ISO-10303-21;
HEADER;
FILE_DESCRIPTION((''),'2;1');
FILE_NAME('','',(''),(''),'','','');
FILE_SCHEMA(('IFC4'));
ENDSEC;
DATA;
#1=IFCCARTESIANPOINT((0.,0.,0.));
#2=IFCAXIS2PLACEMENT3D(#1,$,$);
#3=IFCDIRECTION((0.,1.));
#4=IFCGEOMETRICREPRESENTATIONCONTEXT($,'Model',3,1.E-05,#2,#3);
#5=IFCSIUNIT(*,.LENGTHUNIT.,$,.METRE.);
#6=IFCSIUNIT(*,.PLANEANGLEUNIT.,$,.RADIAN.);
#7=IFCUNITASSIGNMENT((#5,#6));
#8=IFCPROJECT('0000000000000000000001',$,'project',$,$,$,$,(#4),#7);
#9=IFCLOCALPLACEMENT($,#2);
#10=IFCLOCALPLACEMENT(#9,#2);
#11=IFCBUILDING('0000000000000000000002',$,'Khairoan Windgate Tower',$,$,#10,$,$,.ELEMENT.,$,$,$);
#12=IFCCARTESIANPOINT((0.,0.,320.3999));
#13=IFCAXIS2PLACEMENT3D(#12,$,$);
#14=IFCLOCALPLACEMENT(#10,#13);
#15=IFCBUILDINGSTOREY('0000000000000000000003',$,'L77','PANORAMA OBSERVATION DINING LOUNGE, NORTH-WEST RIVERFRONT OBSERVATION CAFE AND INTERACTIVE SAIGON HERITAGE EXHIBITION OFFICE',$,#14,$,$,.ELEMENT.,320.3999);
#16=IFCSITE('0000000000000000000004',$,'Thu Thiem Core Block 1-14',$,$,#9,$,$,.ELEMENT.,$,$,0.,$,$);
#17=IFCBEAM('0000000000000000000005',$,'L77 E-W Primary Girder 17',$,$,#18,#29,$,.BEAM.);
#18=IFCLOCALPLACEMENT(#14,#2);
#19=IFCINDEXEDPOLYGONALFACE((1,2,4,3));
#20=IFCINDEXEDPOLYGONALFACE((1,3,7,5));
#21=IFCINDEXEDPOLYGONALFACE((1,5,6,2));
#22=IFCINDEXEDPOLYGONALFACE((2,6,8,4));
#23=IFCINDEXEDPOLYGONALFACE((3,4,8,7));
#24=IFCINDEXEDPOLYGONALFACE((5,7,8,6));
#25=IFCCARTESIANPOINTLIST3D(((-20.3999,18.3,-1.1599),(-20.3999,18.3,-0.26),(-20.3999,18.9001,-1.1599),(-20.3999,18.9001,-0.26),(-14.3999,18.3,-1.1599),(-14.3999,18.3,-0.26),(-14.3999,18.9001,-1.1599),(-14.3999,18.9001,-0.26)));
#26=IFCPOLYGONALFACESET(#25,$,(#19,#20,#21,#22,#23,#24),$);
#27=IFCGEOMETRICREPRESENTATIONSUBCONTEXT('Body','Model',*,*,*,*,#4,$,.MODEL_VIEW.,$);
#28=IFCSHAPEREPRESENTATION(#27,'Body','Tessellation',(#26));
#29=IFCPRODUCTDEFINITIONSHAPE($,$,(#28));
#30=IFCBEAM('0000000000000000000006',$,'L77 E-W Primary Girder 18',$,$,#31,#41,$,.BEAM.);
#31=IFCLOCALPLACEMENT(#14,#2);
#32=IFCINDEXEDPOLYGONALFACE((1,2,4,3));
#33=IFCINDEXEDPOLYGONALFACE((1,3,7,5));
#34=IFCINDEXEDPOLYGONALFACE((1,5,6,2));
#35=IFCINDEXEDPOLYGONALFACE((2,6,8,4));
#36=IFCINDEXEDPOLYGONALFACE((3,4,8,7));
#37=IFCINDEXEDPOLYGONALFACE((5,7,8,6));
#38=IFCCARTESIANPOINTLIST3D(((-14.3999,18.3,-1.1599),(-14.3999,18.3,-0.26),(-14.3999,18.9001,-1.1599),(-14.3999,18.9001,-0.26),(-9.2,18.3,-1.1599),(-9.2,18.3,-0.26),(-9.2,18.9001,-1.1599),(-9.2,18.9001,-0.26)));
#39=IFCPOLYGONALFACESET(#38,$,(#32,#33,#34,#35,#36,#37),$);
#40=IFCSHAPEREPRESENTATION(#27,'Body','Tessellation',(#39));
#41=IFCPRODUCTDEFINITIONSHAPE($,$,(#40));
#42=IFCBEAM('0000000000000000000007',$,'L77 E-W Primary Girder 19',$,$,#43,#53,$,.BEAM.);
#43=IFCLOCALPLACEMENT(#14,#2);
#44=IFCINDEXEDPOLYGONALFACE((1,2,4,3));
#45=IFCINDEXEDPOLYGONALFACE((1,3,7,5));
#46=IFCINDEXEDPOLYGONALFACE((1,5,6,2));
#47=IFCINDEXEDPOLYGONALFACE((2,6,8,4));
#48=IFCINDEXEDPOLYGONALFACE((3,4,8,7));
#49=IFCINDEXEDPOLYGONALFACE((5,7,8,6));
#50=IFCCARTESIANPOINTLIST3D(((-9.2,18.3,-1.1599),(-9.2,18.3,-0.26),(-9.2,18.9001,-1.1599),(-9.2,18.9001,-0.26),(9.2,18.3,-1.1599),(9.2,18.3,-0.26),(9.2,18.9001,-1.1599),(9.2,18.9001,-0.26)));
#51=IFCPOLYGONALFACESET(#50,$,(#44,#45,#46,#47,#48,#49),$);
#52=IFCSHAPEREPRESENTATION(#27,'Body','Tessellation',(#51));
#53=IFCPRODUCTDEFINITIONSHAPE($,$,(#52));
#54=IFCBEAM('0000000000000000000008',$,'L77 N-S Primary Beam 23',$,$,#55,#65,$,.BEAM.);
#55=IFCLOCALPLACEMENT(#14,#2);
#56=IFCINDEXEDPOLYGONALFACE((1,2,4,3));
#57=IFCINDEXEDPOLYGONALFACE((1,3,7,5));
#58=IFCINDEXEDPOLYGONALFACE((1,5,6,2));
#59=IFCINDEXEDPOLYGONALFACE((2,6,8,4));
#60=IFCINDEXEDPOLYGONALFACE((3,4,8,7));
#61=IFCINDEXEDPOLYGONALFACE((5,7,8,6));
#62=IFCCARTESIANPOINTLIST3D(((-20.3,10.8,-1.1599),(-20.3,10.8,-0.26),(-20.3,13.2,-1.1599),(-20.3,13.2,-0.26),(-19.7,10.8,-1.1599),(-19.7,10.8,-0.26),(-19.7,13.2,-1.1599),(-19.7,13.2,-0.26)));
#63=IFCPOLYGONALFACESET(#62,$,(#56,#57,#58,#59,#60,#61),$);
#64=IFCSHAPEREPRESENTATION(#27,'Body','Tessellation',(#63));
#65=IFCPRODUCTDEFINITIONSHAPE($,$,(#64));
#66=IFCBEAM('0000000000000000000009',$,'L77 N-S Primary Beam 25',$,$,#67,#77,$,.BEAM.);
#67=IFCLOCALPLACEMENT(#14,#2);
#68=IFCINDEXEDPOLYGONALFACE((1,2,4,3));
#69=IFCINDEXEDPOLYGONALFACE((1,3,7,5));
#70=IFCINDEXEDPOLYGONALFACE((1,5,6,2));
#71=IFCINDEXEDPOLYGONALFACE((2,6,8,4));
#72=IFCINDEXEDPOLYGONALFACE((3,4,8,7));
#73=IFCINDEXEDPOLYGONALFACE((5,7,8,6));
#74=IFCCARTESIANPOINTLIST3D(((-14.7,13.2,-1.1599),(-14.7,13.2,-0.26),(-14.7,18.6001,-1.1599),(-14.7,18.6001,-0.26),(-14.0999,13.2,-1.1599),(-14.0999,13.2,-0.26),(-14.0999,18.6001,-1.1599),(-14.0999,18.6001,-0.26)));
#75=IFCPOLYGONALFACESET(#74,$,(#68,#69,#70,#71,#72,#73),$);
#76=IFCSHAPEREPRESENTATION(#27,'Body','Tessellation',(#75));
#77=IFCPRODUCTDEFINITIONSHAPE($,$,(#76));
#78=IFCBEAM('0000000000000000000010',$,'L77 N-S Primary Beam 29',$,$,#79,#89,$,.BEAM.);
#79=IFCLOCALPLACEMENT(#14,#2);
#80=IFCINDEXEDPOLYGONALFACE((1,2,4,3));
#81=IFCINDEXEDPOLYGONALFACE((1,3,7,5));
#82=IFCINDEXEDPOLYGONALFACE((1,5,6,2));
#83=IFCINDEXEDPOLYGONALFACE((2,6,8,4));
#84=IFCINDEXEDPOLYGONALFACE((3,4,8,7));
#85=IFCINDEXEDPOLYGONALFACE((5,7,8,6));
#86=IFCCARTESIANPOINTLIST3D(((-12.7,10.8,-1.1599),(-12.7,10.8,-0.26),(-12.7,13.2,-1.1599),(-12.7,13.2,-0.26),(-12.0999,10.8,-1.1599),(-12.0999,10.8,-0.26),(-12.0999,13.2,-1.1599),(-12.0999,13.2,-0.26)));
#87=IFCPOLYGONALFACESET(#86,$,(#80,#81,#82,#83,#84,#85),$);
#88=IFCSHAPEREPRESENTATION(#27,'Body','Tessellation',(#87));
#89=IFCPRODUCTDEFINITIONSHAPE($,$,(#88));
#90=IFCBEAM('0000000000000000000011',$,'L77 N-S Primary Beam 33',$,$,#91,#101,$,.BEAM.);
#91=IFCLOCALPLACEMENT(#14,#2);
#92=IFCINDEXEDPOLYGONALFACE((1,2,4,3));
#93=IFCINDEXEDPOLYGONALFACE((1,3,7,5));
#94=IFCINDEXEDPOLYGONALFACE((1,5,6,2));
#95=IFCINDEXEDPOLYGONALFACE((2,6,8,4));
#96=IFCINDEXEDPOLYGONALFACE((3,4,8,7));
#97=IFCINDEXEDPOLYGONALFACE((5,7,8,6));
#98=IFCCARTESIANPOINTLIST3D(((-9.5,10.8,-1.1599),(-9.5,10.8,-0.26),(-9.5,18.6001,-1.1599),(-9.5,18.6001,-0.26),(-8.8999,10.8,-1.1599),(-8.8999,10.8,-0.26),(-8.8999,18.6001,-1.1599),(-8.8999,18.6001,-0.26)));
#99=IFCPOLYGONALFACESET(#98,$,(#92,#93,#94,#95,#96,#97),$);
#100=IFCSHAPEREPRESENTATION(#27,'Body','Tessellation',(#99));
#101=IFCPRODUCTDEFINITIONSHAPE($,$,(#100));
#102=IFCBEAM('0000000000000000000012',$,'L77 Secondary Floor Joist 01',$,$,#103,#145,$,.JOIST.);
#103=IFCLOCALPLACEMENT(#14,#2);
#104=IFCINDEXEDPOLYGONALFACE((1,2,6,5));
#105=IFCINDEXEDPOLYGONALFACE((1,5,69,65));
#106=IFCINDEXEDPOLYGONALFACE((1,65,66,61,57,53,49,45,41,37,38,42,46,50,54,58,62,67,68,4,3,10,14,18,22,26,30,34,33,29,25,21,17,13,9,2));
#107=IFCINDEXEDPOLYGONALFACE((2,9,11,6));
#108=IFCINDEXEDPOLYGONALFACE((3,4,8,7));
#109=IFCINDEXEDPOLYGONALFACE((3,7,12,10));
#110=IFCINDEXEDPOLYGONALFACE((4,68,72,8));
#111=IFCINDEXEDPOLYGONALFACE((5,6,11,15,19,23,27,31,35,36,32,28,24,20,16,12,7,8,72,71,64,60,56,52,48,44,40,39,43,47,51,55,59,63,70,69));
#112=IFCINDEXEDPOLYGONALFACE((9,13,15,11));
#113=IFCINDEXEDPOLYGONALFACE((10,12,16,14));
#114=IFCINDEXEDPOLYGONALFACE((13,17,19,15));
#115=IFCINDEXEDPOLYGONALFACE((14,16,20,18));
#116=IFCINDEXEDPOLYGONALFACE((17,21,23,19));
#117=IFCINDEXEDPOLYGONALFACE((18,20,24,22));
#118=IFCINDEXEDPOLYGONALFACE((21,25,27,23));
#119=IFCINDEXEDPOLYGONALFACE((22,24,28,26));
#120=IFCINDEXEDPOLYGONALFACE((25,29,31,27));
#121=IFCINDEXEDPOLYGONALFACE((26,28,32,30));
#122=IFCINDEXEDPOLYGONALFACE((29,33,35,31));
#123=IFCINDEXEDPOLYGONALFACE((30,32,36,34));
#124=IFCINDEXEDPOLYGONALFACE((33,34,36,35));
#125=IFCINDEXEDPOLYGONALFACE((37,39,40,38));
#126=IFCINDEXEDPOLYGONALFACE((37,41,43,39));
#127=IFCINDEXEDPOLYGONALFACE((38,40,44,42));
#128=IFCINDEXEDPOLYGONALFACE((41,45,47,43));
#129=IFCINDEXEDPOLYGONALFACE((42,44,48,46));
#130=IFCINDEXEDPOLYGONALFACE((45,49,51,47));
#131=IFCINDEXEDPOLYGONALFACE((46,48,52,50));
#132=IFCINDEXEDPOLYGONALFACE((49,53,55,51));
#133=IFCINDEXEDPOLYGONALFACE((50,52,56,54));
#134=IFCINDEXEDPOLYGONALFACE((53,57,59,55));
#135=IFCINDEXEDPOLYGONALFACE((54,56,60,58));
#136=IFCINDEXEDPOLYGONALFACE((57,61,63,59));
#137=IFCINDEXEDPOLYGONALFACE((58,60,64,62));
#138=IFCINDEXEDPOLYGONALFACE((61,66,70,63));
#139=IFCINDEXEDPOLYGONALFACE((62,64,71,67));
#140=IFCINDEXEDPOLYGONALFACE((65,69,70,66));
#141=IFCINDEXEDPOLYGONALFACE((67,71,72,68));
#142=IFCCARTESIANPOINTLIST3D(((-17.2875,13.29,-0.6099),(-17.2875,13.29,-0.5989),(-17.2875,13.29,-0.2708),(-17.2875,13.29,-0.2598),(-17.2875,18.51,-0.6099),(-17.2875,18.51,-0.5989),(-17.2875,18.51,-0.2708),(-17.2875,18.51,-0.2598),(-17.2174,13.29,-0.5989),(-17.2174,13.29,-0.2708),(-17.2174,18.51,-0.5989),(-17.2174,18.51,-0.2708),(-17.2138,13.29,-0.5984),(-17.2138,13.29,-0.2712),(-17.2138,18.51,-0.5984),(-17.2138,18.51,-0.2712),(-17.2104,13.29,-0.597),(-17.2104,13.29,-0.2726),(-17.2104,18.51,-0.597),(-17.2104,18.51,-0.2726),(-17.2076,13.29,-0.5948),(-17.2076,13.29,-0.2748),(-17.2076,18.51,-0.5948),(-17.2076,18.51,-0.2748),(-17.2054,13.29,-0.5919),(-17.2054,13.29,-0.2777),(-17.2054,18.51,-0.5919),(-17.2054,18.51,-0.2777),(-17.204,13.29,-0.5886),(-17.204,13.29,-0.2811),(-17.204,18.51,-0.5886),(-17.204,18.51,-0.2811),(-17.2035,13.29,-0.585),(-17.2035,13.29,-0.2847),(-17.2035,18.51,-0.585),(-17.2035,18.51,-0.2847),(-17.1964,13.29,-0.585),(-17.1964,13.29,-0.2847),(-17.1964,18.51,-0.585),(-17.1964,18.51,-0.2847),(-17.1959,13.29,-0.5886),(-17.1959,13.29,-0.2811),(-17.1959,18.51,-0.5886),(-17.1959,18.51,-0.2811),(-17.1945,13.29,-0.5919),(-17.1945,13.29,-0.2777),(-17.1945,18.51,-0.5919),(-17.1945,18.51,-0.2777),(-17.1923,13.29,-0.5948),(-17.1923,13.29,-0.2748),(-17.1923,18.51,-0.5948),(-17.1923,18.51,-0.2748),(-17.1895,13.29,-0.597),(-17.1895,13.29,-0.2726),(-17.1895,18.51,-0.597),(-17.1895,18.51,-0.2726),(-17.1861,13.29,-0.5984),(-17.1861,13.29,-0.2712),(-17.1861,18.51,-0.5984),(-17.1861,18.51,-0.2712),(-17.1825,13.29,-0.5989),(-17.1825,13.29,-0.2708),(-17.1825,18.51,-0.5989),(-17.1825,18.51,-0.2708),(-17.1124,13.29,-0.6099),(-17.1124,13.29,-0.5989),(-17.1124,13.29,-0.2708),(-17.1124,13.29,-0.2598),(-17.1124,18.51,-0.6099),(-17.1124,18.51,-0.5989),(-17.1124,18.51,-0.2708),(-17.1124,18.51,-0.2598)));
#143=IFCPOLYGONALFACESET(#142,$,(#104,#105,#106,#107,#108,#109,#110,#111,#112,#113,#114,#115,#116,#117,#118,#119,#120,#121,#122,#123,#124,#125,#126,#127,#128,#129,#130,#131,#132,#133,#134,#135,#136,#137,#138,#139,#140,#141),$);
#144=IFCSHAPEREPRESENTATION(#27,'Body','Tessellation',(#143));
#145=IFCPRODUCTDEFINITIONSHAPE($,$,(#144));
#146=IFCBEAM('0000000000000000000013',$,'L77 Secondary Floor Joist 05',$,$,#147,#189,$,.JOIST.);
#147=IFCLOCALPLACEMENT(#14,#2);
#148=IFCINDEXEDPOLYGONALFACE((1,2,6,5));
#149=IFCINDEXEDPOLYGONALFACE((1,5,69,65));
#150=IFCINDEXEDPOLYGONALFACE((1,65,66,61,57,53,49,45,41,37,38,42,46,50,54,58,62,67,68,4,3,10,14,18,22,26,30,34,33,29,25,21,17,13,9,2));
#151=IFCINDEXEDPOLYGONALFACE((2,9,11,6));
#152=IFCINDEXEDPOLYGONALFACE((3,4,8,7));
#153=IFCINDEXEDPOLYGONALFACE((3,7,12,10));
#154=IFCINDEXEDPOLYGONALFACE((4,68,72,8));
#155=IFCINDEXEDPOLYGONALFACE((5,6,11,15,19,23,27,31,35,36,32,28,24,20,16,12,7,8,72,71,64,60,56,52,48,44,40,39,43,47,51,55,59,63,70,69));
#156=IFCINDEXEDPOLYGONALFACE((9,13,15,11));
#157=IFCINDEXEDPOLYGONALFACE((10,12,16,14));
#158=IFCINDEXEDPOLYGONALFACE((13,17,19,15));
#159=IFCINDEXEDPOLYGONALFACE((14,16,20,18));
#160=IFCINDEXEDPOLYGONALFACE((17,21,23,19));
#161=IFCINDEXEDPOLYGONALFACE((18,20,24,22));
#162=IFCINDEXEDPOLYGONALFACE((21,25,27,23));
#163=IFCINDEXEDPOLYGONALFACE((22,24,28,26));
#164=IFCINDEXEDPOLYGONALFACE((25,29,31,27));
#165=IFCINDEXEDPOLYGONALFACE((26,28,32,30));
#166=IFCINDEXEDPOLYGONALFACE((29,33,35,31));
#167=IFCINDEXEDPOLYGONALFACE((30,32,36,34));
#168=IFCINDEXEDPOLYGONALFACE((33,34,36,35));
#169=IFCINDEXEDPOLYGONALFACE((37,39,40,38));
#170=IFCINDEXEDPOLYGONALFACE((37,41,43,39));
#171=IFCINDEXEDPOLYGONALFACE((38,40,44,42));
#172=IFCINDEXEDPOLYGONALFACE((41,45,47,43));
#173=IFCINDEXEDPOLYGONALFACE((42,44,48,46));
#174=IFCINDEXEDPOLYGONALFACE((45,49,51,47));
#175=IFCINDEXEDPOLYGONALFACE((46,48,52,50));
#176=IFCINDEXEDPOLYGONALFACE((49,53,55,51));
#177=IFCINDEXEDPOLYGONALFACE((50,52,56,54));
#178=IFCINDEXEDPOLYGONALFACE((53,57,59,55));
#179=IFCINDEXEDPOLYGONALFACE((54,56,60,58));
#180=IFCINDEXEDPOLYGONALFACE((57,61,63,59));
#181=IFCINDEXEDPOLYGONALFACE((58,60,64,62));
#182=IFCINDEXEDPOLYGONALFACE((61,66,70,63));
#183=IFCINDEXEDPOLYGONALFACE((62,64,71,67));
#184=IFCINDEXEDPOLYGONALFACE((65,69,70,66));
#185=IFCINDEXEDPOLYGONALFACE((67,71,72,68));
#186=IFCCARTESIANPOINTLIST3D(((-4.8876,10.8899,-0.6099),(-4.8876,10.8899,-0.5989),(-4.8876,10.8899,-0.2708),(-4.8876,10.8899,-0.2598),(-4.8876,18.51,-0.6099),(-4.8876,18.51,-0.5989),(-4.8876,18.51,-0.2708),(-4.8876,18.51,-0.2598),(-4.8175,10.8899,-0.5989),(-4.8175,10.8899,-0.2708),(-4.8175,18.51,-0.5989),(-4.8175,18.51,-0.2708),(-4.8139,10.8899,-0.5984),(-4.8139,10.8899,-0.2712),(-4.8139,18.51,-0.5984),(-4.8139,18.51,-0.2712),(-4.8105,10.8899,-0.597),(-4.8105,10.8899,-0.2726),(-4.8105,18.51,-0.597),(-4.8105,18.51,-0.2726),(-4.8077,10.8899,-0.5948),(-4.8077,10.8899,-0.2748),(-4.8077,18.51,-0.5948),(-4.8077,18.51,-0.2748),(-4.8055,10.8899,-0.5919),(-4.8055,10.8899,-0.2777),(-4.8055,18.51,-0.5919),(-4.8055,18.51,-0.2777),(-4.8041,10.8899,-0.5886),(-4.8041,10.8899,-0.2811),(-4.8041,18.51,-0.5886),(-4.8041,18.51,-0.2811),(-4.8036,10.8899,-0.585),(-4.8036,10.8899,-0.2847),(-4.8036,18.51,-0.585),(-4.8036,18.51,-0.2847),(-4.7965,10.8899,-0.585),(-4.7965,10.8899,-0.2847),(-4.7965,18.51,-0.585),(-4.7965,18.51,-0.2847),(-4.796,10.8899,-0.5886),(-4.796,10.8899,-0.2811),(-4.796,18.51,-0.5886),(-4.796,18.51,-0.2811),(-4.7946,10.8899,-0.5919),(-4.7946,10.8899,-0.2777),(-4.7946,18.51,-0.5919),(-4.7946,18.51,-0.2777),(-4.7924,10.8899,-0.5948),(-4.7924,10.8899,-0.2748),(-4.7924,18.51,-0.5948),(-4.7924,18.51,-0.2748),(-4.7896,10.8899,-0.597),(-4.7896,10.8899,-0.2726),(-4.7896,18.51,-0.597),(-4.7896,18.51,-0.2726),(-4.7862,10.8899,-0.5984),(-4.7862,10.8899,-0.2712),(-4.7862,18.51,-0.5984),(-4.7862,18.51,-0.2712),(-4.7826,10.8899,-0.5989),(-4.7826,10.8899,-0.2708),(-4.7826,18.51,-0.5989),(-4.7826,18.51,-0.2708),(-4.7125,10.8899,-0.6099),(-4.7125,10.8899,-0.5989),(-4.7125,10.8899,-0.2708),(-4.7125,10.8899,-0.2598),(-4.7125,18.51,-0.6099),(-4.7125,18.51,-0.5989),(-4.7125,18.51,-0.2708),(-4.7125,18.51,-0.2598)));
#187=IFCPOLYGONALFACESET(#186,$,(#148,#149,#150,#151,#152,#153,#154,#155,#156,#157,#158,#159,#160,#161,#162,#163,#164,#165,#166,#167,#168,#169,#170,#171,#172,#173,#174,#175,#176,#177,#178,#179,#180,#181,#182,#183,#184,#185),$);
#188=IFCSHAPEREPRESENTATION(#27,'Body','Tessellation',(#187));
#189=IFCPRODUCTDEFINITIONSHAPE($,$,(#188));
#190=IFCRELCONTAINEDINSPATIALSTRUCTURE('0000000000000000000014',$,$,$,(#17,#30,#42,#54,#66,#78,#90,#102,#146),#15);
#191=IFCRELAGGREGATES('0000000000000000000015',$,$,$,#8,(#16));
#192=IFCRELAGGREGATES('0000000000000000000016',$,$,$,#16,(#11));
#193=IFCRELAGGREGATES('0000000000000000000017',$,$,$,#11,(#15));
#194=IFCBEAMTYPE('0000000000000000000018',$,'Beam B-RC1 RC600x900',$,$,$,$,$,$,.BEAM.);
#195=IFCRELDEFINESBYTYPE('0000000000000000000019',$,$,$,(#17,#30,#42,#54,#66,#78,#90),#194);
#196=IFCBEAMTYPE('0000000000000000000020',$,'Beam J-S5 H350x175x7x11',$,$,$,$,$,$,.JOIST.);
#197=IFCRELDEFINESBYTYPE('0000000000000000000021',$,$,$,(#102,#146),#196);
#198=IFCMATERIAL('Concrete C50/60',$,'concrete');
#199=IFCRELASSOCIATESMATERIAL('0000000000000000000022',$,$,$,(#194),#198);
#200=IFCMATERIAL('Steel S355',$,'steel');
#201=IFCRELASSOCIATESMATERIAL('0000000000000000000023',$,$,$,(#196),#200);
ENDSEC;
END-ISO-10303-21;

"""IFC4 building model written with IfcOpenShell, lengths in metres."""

from ifc_helpers import new_model, si_unit, direction, frame, origin, origin_2d, place, context, subcontext, project, spatial, rectangle, i_section, extrude, material, material_profile, profile_set, type_object, element, save


model = new_model("IFC4")

# Units and contexts
model_context = context("Model", 3, precision=1e-05, world=origin(), true_north=direction((0.0, 1.0)))
body_context = subcontext(model_context, "Body", "Model", "MODEL_VIEW")
ifc_project = project(units=[si_unit("LENGTHUNIT", "METRE"), si_unit("PLANEANGLEUNIT", "RADIAN")], contexts=[model_context])

# Site, building, storey
site_placement = place(None, origin())
site = spatial("IfcSite", under=ifc_project, at=site_placement, Name="Thu Thiem Core Block 1-14", CompositionType="ELEMENT", RefElevation=0.0)
building_placement = place(site_placement, origin())
building = spatial("IfcBuilding", under=site, at=building_placement, Name="Khairoan Windgate Tower", CompositionType="ELEMENT")
storey_placement = place(building_placement, frame((0.0, 0.0, 320.3999)))
storey = spatial("IfcBuildingStorey", under=building, at=storey_placement, Name="L77", Description="PANORAMA OBSERVATION DINING LOUNGE, NORTH-WEST RIVERFRONT OBSERVATION CAFE AND INTERACTIVE SAIGON HERITAGE EXHIBITION OFFICE", CompositionType="ELEMENT", Elevation=320.3999)

# Beams
ifc_material_1 = material(Name="Concrete C50/60", Category="concrete")
ifc_material_profile_1 = material_profile(ifc_material_1, rectangle(XDim=0.6001, YDim=0.8999, at=origin_2d()))
ifc_profile_set_1 = profile_set([ifc_material_profile_1], Name="Concrete C50/60")
beam_type_1 = type_object("IfcBeamType", Name="Beam B-RC1 RC600x900", PredefinedType="BEAM", material=ifc_profile_set_1)
beam_1_placement = place(storey_placement, frame((-20.3999, 18.6001, -0.71), z_axis=(1.0, 0.0, 0.0), x_axis=(0.0, 1.0, 0.0)))
element("IfcBeam", 1, at=beam_1_placement, inside=storey, type_object=beam_type_1, Name="L77 E-W Primary Girder 17", PredefinedType="BEAM", context=body_context, shape_type="SweptSolid", body=[
    extrude(rectangle(XDim=0.6001, YDim=0.8999, at=origin_2d()), origin(), (0.0, 0.0, 1.0), 6.0),
])
beam_2_placement = place(storey_placement, frame((-14.3999, 18.6001, -0.71), z_axis=(1.0, 0.0, 0.0), x_axis=(0.0, 1.0, 0.0)))
element("IfcBeam", 2, at=beam_2_placement, inside=storey, type_object=beam_type_1, Name="L77 E-W Primary Girder 18", PredefinedType="BEAM", context=body_context, shape_type="SweptSolid", body=[
    extrude(rectangle(XDim=0.6001, YDim=0.8999, at=origin_2d()), origin(), (0.0, 0.0, 1.0), 5.2),
])
beam_3_placement = place(storey_placement, frame((-9.2, 18.6001, -0.71), z_axis=(1.0, 0.0, 0.0), x_axis=(0.0, 1.0, 0.0)))
element("IfcBeam", 3, at=beam_3_placement, inside=storey, type_object=beam_type_1, Name="L77 E-W Primary Girder 19", PredefinedType="BEAM", context=body_context, shape_type="SweptSolid", body=[
    extrude(rectangle(XDim=0.6001, YDim=0.8999, at=origin_2d()), origin(), (0.0, 0.0, 1.0), 18.3999),
])
beam_4_placement = place(storey_placement, frame((-20.0, 10.8, -0.71), z_axis=(0.0, 1.0, 0.0), x_axis=(-1.0, 0.0, 0.0)))
element("IfcBeam", 4, at=beam_4_placement, inside=storey, type_object=beam_type_1, Name="L77 N-S Primary Beam 23", PredefinedType="BEAM", context=body_context, shape_type="SweptSolid", body=[
    extrude(rectangle(XDim=0.6001, YDim=0.8999, at=origin_2d()), origin(), (0.0, 0.0, 1.0), 2.3999),
])
beam_5_placement = place(storey_placement, frame((-14.3999, 13.2, -0.71), z_axis=(0.0, 1.0, 0.0), x_axis=(-1.0, 0.0, 0.0)))
element("IfcBeam", 5, at=beam_5_placement, inside=storey, type_object=beam_type_1, Name="L77 N-S Primary Beam 25", PredefinedType="BEAM", context=body_context, shape_type="SweptSolid", body=[
    extrude(rectangle(XDim=0.6001, YDim=0.8999, at=origin_2d()), origin(), (0.0, 0.0, 1.0), 5.4001),
])
beam_6_placement = place(storey_placement, frame((-12.3999, 10.8, -0.71), z_axis=(0.0, 1.0, 0.0), x_axis=(-1.0, 0.0, 0.0)))
element("IfcBeam", 6, at=beam_6_placement, inside=storey, type_object=beam_type_1, Name="L77 N-S Primary Beam 29", PredefinedType="BEAM", context=body_context, shape_type="SweptSolid", body=[
    extrude(rectangle(XDim=0.6001, YDim=0.8999, at=origin_2d()), origin(), (0.0, 0.0, 1.0), 2.3999),
])
beam_7_placement = place(storey_placement, frame((-9.2, 10.8, -0.71), z_axis=(0.0, 1.0, 0.0), x_axis=(-1.0, 0.0, 0.0)))
element("IfcBeam", 7, at=beam_7_placement, inside=storey, type_object=beam_type_1, Name="L77 N-S Primary Beam 33", PredefinedType="BEAM", context=body_context, shape_type="SweptSolid", body=[
    extrude(rectangle(XDim=0.6001, YDim=0.8999, at=origin_2d()), origin(), (0.0, 0.0, 1.0), 7.8),
])
ifc_material_2 = material(Name="Steel S355", Category="steel")
ifc_material_profile_2 = material_profile(ifc_material_2, i_section(OverallWidth=0.175, OverallDepth=0.3501, WebThickness=0.0071, FlangeThickness=0.011, FilletRadius=0.0139, at=origin_2d()))
ifc_profile_set_2 = profile_set([ifc_material_profile_2], Name="Steel S355")
beam_type_2 = type_object("IfcBeamType", Name="Beam J-S5 H350x175x7x11", PredefinedType="JOIST", material=ifc_profile_set_2)
beam_8_placement = place(storey_placement, frame((-17.2, 13.29, -0.4348), z_axis=(0.0, 1.0, 0.0), x_axis=(-1.0, 0.0, 0.0)))
element("IfcBeam", 8, at=beam_8_placement, inside=storey, type_object=beam_type_2, Name="L77 Secondary Floor Joist 01", PredefinedType="JOIST", context=body_context, shape_type="SweptSolid", body=[
    extrude(i_section(OverallWidth=0.175, OverallDepth=0.3501, WebThickness=0.0071, FlangeThickness=0.011, FilletRadius=0.0139, at=origin_2d()), origin(), (0.0, 0.0, 1.0), 5.22),
])
beam_9_placement = place(storey_placement, frame((-4.8, 10.8899, -0.4348), z_axis=(0.0, 1.0, 0.0), x_axis=(-1.0, 0.0, 0.0)))
element("IfcBeam", 9, at=beam_9_placement, inside=storey, type_object=beam_type_2, Name="L77 Secondary Floor Joist 05", PredefinedType="JOIST", context=body_context, shape_type="SweptSolid", body=[
    extrude(i_section(OverallWidth=0.175, OverallDepth=0.3501, WebThickness=0.0071, FlangeThickness=0.011, FilletRadius=0.0139, at=origin_2d()), origin(), (0.0, 0.0, 1.0), 7.6201),
])

save(model, "model.ifc")
